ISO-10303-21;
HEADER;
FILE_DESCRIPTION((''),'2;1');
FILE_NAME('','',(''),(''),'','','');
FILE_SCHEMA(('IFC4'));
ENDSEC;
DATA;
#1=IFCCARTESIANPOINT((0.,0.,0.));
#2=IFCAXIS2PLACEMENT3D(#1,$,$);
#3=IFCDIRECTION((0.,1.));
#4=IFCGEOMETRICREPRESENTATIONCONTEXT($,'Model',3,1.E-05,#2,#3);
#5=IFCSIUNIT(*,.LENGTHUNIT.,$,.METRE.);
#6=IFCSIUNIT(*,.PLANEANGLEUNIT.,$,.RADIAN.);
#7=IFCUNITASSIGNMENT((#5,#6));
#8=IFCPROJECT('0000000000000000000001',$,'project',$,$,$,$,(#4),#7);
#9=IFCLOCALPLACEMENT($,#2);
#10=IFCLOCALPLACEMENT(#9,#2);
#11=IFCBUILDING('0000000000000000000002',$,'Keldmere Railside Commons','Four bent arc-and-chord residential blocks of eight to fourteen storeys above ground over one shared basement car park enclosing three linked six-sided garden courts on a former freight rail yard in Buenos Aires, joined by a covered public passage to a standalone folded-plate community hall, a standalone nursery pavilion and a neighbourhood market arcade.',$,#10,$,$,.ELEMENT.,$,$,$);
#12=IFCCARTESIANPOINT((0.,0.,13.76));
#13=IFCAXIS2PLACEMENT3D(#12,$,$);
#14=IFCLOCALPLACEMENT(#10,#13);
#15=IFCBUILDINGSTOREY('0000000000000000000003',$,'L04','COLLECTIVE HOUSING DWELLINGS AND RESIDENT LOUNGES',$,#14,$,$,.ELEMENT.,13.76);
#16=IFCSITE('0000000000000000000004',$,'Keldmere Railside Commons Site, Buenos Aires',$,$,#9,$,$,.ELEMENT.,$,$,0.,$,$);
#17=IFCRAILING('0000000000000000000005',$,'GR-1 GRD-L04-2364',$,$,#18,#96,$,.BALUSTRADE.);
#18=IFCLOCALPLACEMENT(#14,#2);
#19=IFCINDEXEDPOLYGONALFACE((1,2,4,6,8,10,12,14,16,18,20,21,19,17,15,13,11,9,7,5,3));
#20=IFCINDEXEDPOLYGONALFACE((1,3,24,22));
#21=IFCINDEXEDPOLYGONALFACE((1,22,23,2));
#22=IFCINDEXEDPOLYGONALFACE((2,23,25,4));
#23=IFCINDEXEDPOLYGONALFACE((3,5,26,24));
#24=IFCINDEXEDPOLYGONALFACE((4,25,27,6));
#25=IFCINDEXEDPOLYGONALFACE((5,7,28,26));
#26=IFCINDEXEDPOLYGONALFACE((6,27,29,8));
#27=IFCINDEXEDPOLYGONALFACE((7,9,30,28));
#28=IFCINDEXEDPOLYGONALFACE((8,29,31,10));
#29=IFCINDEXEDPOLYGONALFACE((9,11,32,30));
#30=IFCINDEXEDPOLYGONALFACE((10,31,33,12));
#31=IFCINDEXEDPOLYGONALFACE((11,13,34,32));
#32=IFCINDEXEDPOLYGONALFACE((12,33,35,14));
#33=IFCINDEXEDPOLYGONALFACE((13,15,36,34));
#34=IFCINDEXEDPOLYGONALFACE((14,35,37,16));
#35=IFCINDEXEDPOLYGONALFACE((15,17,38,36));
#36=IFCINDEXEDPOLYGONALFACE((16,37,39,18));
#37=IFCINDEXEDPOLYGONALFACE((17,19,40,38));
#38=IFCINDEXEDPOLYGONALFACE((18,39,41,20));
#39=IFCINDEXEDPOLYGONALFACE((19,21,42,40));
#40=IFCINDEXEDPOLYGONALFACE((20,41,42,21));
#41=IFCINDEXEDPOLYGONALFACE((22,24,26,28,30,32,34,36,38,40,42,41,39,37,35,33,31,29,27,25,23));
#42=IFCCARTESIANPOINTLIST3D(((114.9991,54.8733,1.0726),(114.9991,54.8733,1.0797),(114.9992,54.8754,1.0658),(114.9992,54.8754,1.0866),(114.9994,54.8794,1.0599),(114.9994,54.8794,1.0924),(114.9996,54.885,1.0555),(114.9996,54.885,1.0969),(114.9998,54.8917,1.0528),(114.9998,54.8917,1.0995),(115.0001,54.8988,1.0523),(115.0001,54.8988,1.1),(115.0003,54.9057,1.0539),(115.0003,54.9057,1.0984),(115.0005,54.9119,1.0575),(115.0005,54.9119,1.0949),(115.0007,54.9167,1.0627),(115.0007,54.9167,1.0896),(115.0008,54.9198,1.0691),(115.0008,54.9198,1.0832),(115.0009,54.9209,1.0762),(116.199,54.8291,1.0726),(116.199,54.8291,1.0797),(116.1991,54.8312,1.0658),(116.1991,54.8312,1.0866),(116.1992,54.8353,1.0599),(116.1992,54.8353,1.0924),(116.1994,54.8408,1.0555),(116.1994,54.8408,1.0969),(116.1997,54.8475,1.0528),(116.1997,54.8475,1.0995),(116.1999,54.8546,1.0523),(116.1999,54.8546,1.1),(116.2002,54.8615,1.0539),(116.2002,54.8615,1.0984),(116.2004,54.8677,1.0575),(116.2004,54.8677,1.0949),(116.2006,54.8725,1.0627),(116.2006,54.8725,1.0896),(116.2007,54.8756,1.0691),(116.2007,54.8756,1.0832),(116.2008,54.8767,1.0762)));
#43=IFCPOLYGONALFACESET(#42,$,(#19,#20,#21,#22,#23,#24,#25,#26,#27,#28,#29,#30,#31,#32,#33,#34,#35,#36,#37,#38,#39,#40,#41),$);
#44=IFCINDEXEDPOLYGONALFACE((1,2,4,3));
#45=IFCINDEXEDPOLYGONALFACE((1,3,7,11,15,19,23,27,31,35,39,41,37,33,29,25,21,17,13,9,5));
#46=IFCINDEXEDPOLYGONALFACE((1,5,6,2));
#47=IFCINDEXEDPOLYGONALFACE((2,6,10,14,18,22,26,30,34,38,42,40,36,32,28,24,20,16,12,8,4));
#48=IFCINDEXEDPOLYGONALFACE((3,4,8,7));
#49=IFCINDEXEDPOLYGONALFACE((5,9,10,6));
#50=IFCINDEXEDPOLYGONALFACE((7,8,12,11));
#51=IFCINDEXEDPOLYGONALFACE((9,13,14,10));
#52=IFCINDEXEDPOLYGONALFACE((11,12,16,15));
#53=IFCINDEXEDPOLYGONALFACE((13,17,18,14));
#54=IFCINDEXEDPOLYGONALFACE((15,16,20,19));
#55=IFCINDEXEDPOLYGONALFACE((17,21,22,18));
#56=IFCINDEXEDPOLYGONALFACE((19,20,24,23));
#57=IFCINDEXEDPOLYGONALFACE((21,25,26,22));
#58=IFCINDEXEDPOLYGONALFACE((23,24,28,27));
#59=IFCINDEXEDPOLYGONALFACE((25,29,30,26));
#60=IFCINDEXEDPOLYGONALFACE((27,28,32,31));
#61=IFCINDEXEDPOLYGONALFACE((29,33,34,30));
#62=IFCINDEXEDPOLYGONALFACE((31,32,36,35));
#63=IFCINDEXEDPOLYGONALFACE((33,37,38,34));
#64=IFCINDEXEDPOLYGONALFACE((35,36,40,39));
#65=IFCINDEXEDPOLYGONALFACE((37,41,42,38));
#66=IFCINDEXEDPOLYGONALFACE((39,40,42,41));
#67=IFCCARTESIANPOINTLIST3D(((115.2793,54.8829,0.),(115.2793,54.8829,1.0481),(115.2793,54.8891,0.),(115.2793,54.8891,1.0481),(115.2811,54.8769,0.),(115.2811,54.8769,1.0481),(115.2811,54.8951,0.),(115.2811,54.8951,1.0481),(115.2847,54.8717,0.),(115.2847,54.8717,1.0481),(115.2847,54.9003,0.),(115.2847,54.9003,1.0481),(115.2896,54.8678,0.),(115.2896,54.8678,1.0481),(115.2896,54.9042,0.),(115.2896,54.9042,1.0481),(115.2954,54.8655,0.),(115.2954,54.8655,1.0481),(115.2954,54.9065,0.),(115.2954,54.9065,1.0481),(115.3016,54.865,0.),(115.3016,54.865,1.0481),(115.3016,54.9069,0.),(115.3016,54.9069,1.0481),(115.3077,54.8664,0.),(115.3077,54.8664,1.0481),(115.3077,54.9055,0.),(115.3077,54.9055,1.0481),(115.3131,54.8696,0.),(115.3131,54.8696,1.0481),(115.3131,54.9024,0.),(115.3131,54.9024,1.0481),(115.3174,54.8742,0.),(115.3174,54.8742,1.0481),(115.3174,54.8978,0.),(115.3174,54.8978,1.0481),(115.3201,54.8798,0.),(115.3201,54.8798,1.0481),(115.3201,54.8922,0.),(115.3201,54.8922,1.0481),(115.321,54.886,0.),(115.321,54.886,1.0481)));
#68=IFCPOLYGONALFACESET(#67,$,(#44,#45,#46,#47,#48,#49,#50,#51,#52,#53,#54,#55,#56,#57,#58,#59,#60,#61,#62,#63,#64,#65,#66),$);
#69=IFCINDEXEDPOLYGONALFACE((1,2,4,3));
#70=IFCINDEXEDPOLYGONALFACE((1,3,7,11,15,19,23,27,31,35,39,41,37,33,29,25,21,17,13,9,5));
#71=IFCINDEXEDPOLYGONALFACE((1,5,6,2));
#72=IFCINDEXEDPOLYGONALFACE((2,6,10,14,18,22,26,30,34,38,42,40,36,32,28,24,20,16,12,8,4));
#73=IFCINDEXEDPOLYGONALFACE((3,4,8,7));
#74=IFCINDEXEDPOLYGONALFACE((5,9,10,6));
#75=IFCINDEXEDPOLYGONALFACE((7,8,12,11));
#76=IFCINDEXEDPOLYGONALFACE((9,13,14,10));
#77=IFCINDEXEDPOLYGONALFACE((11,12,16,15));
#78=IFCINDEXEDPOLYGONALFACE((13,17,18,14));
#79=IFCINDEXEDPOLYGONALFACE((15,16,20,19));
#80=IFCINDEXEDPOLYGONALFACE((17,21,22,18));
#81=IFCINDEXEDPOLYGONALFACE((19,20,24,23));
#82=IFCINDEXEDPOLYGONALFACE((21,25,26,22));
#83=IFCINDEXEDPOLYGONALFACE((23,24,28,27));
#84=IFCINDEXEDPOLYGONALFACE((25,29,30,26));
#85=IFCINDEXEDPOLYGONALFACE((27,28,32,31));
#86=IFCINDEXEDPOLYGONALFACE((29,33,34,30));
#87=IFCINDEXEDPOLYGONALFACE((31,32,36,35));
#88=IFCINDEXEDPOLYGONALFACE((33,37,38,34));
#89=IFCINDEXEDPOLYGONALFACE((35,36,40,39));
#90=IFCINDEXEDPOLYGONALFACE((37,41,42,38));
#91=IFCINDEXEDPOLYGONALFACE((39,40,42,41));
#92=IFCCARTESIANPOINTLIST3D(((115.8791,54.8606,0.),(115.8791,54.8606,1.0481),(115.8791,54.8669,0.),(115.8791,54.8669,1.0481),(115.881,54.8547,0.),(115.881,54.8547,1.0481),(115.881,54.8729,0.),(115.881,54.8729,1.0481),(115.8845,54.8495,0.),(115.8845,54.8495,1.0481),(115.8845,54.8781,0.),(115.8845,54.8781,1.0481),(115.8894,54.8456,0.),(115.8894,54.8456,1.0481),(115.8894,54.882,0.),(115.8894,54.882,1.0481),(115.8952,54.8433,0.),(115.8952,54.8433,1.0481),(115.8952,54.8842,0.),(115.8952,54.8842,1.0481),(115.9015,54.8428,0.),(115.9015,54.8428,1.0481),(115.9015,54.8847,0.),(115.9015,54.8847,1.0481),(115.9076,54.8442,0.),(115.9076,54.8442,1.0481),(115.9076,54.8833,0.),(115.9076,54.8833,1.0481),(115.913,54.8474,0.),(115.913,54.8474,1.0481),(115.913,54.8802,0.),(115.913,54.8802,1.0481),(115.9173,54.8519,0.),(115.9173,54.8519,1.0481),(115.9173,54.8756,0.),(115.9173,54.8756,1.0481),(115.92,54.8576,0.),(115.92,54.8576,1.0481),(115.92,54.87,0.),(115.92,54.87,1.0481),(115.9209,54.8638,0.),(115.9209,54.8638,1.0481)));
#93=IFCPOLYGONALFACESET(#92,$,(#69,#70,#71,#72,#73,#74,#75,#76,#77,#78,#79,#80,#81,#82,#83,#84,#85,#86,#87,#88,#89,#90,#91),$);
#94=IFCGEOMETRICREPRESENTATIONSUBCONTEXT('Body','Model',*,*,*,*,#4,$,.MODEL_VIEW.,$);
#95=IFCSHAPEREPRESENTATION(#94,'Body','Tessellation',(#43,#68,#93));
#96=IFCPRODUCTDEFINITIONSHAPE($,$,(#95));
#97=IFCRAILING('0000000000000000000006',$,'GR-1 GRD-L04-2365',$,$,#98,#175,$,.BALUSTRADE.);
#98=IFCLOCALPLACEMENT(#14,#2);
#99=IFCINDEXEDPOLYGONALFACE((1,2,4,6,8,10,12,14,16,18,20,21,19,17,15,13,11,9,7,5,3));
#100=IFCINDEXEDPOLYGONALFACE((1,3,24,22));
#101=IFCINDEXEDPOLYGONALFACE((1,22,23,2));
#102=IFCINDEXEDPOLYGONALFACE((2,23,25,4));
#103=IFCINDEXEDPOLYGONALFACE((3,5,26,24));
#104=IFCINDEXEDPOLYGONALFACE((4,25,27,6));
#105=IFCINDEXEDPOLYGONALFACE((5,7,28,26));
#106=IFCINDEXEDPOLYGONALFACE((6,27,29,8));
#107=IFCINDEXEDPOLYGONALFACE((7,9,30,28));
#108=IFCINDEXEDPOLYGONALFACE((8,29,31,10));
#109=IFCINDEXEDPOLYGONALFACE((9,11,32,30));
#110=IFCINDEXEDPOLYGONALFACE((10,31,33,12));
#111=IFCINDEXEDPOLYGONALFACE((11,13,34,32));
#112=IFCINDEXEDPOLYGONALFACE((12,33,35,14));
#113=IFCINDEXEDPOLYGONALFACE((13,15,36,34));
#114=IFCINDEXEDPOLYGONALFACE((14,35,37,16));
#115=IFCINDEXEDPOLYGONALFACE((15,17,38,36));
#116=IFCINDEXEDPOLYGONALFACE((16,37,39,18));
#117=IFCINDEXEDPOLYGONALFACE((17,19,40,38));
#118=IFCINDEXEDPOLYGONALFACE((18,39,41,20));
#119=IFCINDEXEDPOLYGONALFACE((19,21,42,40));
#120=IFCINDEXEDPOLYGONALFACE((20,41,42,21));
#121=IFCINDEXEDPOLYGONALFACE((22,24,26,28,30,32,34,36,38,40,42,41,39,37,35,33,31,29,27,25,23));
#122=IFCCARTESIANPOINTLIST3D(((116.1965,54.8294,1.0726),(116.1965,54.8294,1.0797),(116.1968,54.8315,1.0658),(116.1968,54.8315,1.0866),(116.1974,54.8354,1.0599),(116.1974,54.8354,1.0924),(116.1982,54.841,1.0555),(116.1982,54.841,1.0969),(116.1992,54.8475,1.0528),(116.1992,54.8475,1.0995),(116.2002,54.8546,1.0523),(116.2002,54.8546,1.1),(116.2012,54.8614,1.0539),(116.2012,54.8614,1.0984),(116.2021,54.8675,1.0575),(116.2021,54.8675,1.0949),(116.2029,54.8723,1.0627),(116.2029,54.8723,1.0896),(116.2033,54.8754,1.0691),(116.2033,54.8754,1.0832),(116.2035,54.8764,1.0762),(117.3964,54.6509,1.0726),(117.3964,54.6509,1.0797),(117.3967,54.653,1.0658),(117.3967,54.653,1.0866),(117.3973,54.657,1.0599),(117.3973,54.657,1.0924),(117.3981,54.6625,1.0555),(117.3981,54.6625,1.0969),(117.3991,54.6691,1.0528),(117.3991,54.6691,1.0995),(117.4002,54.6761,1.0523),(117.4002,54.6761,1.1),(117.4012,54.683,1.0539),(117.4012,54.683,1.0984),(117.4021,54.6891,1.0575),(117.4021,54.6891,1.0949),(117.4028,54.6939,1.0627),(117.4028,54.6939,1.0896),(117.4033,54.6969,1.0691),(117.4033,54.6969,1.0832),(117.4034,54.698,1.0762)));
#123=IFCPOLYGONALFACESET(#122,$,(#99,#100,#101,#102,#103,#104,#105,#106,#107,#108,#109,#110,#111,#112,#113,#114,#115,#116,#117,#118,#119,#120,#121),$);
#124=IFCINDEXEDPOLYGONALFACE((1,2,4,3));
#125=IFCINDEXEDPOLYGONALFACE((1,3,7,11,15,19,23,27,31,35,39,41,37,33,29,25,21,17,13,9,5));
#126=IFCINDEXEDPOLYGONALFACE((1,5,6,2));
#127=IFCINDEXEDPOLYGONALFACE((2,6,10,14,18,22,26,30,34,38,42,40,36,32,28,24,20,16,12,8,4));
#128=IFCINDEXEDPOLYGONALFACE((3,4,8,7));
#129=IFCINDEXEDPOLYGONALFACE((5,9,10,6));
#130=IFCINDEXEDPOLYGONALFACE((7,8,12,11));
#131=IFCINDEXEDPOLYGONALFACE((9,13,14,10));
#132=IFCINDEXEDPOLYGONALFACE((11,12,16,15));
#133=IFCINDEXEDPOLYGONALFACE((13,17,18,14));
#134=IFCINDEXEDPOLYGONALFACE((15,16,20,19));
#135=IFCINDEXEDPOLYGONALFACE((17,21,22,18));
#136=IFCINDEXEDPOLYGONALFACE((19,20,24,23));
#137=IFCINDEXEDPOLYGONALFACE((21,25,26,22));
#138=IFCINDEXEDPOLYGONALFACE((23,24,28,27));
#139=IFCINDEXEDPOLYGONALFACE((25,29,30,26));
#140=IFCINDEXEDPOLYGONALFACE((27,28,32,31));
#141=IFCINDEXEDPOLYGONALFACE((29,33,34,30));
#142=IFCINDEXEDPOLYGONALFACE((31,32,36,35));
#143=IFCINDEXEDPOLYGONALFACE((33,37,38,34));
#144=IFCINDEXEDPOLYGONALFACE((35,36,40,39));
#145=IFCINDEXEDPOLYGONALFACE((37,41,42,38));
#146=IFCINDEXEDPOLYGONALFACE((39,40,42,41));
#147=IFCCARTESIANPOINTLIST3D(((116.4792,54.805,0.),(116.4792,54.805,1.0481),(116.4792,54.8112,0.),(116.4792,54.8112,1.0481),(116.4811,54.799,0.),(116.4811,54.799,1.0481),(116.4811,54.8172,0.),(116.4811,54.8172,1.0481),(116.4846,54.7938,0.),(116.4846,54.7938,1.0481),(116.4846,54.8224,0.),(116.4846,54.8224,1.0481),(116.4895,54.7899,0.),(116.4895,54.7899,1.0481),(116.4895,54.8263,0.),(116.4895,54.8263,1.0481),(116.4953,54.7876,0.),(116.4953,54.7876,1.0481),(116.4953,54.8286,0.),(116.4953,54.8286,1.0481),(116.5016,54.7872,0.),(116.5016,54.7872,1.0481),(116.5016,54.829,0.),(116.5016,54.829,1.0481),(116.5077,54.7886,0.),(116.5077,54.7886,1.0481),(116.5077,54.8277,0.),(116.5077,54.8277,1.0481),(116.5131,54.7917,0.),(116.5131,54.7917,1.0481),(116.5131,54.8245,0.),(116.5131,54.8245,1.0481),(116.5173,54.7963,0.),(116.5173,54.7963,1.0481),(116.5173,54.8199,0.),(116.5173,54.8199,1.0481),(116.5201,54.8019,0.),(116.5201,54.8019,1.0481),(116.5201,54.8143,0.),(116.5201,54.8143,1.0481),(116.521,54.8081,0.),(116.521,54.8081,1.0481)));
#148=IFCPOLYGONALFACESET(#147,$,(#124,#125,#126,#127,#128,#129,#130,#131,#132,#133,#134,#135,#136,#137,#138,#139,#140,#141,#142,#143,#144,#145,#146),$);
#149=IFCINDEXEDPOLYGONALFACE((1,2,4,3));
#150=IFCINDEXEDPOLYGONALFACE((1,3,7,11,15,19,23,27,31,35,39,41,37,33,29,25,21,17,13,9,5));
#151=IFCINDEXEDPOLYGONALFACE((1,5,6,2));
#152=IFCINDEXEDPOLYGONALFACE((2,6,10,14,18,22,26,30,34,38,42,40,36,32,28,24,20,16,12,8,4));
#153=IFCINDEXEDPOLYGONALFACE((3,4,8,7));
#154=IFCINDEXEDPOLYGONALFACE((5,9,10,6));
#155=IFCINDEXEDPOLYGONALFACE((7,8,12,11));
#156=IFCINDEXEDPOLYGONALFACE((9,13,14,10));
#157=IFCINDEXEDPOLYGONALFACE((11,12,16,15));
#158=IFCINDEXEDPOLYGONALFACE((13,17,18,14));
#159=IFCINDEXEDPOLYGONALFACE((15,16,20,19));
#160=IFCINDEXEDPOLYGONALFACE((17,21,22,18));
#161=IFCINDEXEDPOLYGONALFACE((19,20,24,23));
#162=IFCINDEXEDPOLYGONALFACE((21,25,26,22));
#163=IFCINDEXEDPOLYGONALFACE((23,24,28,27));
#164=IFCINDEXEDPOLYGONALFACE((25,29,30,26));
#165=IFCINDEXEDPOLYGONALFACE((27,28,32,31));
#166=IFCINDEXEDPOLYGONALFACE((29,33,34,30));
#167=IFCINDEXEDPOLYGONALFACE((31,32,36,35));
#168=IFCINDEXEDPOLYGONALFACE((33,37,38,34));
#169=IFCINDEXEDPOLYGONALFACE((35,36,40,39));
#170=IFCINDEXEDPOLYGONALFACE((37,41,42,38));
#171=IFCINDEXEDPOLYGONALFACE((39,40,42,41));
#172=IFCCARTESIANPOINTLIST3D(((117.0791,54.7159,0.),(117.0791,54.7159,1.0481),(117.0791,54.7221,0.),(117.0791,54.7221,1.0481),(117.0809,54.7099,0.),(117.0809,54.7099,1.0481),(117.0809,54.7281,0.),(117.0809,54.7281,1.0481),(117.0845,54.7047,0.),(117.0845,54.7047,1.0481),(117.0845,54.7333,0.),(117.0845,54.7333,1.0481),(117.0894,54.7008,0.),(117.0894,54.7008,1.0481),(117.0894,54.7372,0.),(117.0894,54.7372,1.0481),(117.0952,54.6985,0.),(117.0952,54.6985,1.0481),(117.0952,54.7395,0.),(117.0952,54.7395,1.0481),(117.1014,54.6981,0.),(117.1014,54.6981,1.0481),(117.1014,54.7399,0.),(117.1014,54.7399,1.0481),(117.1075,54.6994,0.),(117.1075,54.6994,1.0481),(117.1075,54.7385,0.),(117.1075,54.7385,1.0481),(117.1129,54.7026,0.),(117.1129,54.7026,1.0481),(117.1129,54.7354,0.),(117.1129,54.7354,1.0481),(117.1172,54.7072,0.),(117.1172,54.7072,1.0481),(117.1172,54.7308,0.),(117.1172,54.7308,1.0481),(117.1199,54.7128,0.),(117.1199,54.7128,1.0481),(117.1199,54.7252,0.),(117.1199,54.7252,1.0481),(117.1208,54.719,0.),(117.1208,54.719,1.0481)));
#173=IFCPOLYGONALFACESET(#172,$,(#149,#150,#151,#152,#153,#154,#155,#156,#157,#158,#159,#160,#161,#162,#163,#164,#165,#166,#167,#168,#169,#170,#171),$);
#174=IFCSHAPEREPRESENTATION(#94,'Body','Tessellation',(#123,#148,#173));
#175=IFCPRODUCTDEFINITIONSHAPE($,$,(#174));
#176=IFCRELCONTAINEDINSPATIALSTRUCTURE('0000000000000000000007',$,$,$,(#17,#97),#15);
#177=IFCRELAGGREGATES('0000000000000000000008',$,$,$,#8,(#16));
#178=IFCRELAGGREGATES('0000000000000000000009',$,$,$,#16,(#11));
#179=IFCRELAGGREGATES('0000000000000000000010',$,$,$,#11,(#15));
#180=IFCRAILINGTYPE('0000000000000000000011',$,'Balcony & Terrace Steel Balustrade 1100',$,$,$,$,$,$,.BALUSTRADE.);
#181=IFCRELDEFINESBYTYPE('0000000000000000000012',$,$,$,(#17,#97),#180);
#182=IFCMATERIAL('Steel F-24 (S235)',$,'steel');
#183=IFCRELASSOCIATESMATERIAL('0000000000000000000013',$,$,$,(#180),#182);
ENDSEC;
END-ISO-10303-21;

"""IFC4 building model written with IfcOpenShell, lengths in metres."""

from ifc_helpers import new_model, si_unit, direction, frame, origin, origin_2d, place, context, subcontext, project, spatial, circle, extrude, material, type_object, element, save


model = new_model("IFC4")

# Units and contexts
model_context = context("Model", 3, precision=1e-05, world=origin(), true_north=direction((0.0, 1.0)))
body_context = subcontext(model_context, "Body", "Model", "MODEL_VIEW")
ifc_project = project(units=[si_unit("LENGTHUNIT", "METRE"), si_unit("PLANEANGLEUNIT", "RADIAN")], contexts=[model_context])

# Site, building, storey
site_placement = place(None, origin())
site = spatial("IfcSite", under=ifc_project, at=site_placement, Name="Keldmere Railside Commons Site, Buenos Aires", CompositionType="ELEMENT", RefElevation=0.0)
building_placement = place(site_placement, origin())
building = spatial("IfcBuilding", under=site, at=building_placement, Name="Keldmere Railside Commons", Description="Four bent arc-and-chord residential blocks of eight to fourteen storeys above ground over one shared basement car park enclosing three linked six-sided garden courts on a former freight rail yard in Buenos Aires, joined by a covered public passage to a standalone folded-plate community hall, a standalone nursery pavilion and a neighbourhood market arcade.", CompositionType="ELEMENT")
storey_placement = place(building_placement, frame((0.0, 0.0, 13.76)))
storey = spatial("IfcBuildingStorey", under=building, at=storey_placement, Name="L04", Description="COLLECTIVE HOUSING DWELLINGS AND RESIDENT LOUNGES", CompositionType="ELEMENT", Elevation=13.76)

# Shared definitions
ifc_material_1 = material(Name="Steel F-24 (S235)", Category="steel")

# Railings
railing_type = type_object("IfcRailingType", Name="Balcony & Terrace Steel Balustrade 1100", PredefinedType="BALUSTRADE", material=ifc_material_1)
railing_1_placement = place(storey_placement, frame((115.0, 54.897, 0.0)))
element("IfcRailing", 1, at=railing_1_placement, inside=storey, type_object=railing_type, Name="GR-1 GRD-L04-2364", PredefinedType="BALUSTRADE", context=body_context, shape_type="SweptSolid", body=[
    extrude(circle(Radius=0.0239, at=origin_2d()), frame((0.0, 0.0, 1.0762), z_axis=(0.999323, -0.036801, 0.0), x_axis=(0.036801, 0.999323, 0.0)), (0.0, 0.0, 1.0), 1.2007),
    extrude(circle(Radius=0.021, at=origin_2d()), frame((0.3, -0.011, 0.0)), (0.0, 0.0, 1.0), 1.0481),
    extrude(circle(Radius=0.021, at=origin_2d()), frame((0.8999, -0.0332, 0.0)), (0.0, 0.0, 1.0), 1.0481),
])
railing_2_placement = place(storey_placement, frame((116.2, 54.8528, 0.0)))
element("IfcRailing", 2, at=railing_2_placement, inside=storey, type_object=railing_type, Name="GR-1 GRD-L04-2365", PredefinedType="BALUSTRADE", context=body_context, shape_type="SweptSolid", body=[
    extrude(circle(Radius=0.0239, at=origin_2d()), frame((0.0, 0.0, 1.0762), z_axis=(0.98912, -0.14711, 0.0), x_axis=(0.14711, 0.98912, 0.0)), (0.0, 0.0, 1.0), 1.2131),
    extrude(circle(Radius=0.021, at=origin_2d()), frame((0.3, -0.0447, 0.0)), (0.0, 0.0, 1.0), 1.0481),
    extrude(circle(Radius=0.021, at=origin_2d()), frame((0.8999, -0.1338, 0.0)), (0.0, 0.0, 1.0), 1.0481),
])

save(model, "model.ifc")
